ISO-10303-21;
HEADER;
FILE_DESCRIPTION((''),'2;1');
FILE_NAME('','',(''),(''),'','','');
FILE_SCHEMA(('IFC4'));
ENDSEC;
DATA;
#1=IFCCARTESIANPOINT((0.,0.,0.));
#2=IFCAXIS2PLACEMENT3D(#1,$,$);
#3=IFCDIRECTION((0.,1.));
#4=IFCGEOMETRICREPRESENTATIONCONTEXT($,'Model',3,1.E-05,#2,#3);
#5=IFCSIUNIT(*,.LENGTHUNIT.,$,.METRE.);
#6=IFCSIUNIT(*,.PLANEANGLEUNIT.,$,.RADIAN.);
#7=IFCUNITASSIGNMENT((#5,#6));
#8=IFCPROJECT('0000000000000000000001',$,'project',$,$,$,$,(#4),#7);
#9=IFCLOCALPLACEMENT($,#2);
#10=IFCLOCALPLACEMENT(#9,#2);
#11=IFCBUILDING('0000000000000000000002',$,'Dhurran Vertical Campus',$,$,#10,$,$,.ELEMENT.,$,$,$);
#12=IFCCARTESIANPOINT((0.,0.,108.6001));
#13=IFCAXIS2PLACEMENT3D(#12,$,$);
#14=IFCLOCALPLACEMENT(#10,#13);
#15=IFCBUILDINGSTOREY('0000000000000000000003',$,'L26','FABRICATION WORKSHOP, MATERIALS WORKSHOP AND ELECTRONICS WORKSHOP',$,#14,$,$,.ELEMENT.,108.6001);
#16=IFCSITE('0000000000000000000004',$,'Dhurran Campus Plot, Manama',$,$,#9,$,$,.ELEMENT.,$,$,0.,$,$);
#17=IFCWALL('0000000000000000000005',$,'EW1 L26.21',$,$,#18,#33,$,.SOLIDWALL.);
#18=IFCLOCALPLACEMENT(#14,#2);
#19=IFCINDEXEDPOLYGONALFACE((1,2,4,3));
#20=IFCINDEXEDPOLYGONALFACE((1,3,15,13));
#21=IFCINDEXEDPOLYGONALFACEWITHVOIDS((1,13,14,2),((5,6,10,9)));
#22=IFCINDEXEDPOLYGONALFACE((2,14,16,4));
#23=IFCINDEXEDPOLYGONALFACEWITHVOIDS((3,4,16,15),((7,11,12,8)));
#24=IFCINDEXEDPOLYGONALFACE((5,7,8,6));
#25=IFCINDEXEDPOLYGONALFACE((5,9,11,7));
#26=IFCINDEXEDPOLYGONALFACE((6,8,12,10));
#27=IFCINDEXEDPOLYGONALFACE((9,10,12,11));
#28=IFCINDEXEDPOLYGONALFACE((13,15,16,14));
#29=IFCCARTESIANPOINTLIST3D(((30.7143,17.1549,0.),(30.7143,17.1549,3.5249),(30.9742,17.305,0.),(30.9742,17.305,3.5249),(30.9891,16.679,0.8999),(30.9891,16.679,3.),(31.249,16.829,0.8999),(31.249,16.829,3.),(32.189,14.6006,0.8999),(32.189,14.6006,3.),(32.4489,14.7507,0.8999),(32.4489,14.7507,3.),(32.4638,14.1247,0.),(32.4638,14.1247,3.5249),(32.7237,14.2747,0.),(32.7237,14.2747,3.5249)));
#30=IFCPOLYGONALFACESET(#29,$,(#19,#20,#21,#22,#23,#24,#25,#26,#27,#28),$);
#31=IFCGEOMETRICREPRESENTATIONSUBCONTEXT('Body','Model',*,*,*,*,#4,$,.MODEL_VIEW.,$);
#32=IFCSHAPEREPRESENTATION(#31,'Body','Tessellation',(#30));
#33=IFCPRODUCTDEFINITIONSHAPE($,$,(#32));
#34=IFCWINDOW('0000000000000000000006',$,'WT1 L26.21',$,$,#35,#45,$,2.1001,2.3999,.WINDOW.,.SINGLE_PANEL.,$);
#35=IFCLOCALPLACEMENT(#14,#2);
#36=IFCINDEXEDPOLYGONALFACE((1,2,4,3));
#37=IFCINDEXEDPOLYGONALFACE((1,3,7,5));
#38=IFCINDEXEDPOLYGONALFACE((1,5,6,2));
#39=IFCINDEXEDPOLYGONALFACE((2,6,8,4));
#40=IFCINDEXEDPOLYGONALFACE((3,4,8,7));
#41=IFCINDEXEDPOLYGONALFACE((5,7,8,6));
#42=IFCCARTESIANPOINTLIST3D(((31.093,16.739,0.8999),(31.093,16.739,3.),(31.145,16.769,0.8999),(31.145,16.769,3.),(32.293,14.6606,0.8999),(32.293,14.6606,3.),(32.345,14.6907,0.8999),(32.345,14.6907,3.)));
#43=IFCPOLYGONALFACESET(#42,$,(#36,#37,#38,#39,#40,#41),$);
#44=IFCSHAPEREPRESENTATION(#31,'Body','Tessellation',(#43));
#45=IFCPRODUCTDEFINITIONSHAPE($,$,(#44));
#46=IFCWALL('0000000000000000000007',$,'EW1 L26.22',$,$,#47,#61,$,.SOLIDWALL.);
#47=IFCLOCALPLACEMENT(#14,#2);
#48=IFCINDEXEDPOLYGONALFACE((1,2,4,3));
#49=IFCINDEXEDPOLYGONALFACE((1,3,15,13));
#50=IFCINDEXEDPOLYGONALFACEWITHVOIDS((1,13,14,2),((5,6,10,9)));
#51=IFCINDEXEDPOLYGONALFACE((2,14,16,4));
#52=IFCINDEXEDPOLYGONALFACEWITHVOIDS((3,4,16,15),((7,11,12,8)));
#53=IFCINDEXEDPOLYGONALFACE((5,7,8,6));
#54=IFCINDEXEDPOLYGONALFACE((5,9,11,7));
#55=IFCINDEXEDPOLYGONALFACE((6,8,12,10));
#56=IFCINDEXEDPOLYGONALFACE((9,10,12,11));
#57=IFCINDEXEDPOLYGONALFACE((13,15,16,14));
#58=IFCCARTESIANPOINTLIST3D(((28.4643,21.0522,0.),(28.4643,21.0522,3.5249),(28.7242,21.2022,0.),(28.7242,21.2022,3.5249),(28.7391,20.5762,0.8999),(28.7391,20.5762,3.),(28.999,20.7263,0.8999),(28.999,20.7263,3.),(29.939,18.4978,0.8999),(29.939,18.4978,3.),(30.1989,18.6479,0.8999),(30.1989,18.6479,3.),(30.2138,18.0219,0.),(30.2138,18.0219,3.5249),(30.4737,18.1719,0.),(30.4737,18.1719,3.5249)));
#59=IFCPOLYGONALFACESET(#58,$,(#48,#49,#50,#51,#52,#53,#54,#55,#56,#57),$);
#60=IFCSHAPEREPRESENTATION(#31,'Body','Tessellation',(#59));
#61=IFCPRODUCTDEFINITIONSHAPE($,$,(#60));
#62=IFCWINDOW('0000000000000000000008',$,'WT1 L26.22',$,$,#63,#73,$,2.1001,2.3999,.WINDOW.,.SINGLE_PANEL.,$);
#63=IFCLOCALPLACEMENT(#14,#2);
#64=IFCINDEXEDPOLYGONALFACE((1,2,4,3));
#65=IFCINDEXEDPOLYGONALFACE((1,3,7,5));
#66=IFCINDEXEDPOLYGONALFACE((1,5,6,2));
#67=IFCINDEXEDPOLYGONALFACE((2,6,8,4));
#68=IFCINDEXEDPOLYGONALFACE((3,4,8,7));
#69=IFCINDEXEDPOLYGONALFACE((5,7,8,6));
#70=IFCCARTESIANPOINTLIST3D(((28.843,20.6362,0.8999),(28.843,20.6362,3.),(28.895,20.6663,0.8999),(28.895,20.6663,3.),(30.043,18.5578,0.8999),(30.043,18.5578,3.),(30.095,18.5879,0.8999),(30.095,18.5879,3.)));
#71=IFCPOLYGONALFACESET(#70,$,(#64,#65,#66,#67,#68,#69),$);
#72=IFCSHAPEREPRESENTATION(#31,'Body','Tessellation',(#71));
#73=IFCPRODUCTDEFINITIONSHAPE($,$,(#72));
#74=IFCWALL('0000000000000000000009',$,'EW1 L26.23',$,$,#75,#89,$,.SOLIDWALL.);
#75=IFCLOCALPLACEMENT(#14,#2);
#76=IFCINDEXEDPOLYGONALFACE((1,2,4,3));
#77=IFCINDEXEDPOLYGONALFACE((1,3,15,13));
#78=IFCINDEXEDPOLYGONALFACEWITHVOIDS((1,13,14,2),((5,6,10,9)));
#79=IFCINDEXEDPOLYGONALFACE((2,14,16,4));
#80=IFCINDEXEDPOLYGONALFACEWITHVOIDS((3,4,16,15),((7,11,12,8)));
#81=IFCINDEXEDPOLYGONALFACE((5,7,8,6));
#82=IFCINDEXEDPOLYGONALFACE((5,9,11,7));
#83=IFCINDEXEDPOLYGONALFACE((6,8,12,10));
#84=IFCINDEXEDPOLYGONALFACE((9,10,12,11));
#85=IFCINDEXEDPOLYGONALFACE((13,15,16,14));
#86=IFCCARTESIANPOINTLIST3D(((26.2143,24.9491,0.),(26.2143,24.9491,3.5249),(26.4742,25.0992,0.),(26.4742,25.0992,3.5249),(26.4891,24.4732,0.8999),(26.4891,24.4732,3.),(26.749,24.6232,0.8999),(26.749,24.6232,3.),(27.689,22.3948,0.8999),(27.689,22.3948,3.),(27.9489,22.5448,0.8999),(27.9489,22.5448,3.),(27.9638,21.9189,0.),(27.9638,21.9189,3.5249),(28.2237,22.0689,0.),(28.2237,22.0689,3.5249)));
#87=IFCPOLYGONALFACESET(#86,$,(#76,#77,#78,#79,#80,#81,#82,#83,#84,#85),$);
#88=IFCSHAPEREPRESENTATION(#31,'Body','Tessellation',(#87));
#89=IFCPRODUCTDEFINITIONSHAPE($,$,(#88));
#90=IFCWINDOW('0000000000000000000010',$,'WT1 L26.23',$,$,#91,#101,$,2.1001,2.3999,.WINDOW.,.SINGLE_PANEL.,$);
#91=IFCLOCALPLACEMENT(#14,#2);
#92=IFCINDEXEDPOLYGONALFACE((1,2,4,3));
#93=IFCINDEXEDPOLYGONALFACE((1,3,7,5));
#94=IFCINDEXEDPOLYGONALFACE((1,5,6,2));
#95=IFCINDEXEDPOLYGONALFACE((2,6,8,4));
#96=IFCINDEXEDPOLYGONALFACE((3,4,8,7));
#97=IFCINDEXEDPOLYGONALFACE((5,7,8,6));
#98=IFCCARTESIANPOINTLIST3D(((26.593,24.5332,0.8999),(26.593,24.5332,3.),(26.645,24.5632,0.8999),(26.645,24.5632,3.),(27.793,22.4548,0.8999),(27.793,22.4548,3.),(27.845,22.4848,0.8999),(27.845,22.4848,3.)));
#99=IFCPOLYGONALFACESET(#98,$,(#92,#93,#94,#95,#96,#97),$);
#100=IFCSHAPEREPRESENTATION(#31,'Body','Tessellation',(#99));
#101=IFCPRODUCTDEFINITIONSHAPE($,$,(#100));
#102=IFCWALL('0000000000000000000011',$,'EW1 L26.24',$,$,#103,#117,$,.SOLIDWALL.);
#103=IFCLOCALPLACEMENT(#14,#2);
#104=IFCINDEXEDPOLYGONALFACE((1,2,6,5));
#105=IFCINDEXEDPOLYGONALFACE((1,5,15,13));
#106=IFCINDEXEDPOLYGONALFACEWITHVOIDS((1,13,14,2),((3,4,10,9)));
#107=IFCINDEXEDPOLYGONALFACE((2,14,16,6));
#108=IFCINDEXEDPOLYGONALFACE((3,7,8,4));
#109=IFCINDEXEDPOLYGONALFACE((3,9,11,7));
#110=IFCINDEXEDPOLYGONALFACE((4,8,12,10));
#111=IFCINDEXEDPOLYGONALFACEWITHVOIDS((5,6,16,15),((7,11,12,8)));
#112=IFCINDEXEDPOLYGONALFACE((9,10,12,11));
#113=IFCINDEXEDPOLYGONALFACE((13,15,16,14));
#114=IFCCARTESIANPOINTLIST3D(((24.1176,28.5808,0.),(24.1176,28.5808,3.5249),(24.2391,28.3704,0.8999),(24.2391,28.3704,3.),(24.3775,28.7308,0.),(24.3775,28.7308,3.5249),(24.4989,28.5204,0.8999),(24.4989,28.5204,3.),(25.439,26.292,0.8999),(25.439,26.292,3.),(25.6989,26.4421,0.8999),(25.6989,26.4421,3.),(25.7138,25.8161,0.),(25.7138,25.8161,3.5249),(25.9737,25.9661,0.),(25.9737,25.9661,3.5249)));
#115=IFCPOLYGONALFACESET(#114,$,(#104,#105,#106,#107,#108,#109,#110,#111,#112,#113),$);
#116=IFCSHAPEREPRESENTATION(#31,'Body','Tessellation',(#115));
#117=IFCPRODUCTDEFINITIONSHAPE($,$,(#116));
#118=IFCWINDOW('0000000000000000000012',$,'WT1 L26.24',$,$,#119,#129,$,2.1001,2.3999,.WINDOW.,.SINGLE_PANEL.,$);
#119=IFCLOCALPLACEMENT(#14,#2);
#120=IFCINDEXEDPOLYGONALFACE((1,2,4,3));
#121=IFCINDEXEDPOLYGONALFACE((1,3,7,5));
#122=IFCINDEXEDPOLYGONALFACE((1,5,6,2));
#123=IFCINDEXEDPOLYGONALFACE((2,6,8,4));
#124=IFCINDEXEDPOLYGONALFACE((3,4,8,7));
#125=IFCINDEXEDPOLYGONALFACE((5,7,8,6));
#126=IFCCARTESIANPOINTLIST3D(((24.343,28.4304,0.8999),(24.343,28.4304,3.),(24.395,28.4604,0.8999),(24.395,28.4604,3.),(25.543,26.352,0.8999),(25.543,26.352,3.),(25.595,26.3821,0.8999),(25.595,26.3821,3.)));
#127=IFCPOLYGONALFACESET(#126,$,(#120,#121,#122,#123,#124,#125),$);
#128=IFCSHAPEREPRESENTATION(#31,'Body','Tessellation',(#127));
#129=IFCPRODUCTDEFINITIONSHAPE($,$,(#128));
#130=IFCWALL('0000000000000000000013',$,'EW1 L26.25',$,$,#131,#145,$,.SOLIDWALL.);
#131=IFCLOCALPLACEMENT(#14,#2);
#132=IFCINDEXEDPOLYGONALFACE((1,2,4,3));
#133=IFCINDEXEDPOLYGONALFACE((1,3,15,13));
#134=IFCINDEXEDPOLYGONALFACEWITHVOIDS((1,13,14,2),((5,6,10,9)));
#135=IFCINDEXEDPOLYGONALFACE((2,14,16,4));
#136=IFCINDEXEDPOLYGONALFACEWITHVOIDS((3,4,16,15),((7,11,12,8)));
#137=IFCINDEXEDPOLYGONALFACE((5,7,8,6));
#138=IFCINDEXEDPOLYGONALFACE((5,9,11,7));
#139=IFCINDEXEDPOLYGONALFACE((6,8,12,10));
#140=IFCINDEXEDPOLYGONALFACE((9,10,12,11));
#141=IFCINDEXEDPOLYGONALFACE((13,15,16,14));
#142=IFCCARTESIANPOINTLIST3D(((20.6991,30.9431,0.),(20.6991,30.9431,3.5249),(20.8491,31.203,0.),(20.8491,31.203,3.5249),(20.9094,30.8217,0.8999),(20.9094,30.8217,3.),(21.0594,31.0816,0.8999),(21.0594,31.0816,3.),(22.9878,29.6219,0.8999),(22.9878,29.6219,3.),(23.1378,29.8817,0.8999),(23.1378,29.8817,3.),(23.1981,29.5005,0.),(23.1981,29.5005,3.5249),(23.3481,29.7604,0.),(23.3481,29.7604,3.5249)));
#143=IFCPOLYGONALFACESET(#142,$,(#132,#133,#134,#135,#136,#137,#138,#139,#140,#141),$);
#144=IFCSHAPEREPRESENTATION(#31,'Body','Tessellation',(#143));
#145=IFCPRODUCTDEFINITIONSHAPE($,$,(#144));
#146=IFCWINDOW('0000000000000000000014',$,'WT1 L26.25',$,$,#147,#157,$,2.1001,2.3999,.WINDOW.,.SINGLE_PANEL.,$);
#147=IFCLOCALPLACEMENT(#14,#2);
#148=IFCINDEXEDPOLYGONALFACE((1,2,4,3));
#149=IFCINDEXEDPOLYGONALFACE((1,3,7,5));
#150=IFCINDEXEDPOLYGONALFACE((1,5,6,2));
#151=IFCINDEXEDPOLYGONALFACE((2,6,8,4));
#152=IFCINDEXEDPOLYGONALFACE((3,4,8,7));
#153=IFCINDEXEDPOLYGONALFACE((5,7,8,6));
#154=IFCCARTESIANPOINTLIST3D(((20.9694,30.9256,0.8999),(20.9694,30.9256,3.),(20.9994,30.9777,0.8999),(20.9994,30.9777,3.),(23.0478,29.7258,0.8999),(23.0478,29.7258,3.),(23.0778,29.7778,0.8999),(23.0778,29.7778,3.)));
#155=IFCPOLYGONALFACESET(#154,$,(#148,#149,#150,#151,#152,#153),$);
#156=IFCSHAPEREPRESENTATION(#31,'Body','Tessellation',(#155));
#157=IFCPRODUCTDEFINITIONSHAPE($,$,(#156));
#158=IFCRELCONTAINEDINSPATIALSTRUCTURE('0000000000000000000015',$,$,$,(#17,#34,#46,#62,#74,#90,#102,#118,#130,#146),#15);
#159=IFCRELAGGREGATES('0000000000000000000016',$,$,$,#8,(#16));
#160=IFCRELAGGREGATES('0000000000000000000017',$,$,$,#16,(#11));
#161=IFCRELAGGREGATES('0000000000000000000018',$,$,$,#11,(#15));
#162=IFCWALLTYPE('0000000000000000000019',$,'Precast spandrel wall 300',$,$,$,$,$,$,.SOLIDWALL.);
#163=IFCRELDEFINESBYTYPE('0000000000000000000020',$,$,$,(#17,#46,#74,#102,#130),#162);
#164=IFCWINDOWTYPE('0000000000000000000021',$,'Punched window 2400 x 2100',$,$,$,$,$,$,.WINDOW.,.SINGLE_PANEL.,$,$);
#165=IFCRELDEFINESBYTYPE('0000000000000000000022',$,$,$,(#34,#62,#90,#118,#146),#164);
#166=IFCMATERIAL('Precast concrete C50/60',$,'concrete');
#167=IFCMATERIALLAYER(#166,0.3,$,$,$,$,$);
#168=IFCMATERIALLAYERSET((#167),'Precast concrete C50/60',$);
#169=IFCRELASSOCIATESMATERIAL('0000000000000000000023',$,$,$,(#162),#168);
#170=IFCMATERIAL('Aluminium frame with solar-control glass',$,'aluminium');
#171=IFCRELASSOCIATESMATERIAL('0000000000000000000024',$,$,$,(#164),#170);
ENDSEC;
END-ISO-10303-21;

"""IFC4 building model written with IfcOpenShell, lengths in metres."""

from ifc_helpers import new_model, si_unit, direction, frame, frame_2d, origin, place, context, subcontext, project, spatial, rectangle, extrude, material, layer, layer_set, type_object, element, fill, save


model = new_model("IFC4")

# Units and contexts
model_context = context("Model", 3, precision=1e-05, world=origin(), true_north=direction((0.0, 1.0)))
body_context = subcontext(model_context, "Body", "Model", "MODEL_VIEW")
ifc_project = project(units=[si_unit("LENGTHUNIT", "METRE"), si_unit("PLANEANGLEUNIT", "RADIAN")], contexts=[model_context])

# Site, building, storey
site_placement = place(None, origin())
site = spatial("IfcSite", under=ifc_project, at=site_placement, Name="Dhurran Campus Plot, Manama", CompositionType="ELEMENT", RefElevation=0.0)
building_placement = place(site_placement, origin())
building = spatial("IfcBuilding", under=site, at=building_placement, Name="Dhurran Vertical Campus", CompositionType="ELEMENT")
storey_placement = place(building_placement, frame((0.0, 0.0, 108.6001)))
storey = spatial("IfcBuildingStorey", under=building, at=storey_placement, Name="L26", Description="FABRICATION WORKSHOP, MATERIALS WORKSHOP AND ELECTRONICS WORKSHOP", CompositionType="ELEMENT", Elevation=108.6001)

# Walls, openings, windows
ifc_material_1 = material(Name="Precast concrete C50/60", Category="concrete")
ifc_layer_1 = layer(ifc_material_1, 0.3)
ifc_layer_set_1 = layer_set([ifc_layer_1], Name="Precast concrete C50/60")
wall_type_1 = type_object("IfcWallType", Name="Precast spandrel wall 300", PredefinedType="SOLIDWALL", material=ifc_layer_set_1)
wall_1_placement = place(storey_placement, frame((32.5938, 14.1997, 0.0), z_axis=(0.0, 0.0, 1.0), x_axis=(-0.499996, 0.866028, 0.0)))
wall_1 = element("IfcWall", 1, at=wall_1_placement, inside=storey, type_object=wall_type_1, Name="EW1 L26.21", PredefinedType="SOLIDWALL", context=body_context, shape_type="SweptSolid", body=[
    extrude(rectangle(XDim=3.499, YDim=0.3, at=frame_2d((1.7495, 0.0))), origin(), (0.0, 0.0, 1.0), 3.5249),
])
opening_1_placement = place(wall_1_placement, frame((0.5496, 0.0, 0.8999)))
opening_1 = element("IfcOpeningElement", 2, at=opening_1_placement, cuts=wall_1, PredefinedType="OPENING", context=body_context, shape_type="SweptSolid", body=[
    extrude(rectangle(XDim=2.3999, YDim=2.1001, at=frame_2d((1.2, 1.05))), frame((0.0, 0.1599, 0.0), z_axis=(0.0, -1.0, 0.0), x_axis=(1.0, 0.0, 0.0)), (0.0, 0.0, 1.0), 0.3201),
])
ifc_material_2 = material(Name="Aluminium frame with solar-control glass", Category="aluminium")
window_type = type_object("IfcWindowType", Name="Punched window 2400 x 2100", PartitioningType="SINGLE_PANEL", PredefinedType="WINDOW", material=ifc_material_2)
window_1_placement = place(opening_1_placement, origin())
window_1 = element("IfcWindow", 3, at=window_1_placement, inside=storey, type_object=window_type, Name="WT1 L26.21", OverallHeight=2.1001, OverallWidth=2.3999, PartitioningType="SINGLE_PANEL", PredefinedType="WINDOW", context=body_context, shape_type="SweptSolid", body=[
    extrude(rectangle(XDim=2.3999, YDim=2.1001, at=frame_2d((1.2, 1.05))), frame((0.0, 0.03, 0.0), z_axis=(0.0, -1.0, 0.0), x_axis=(1.0, 0.0, 0.0)), (0.0, 0.0, 1.0), 0.0601),
])
fill(opening_1, window_1)
wall_2_placement = place(storey_placement, frame((30.3438, 18.0969, 0.0), z_axis=(0.0, 0.0, 1.0), x_axis=(-0.499996, 0.866028, 0.0)))
wall_2 = element("IfcWall", 4, at=wall_2_placement, inside=storey, type_object=wall_type_1, Name="EW1 L26.22", PredefinedType="SOLIDWALL", context=body_context, shape_type="SweptSolid", body=[
    extrude(rectangle(XDim=3.499, YDim=0.3, at=frame_2d((1.7495, 0.0))), origin(), (0.0, 0.0, 1.0), 3.5249),
])
opening_2_placement = place(wall_2_placement, frame((0.5496, 0.0, 0.8999)))
opening_2 = element("IfcOpeningElement", 5, at=opening_2_placement, cuts=wall_2, PredefinedType="OPENING", context=body_context, shape_type="SweptSolid", body=[
    extrude(rectangle(XDim=2.3999, YDim=2.1001, at=frame_2d((1.2, 1.05))), frame((0.0, 0.1599, 0.0), z_axis=(0.0, -1.0, 0.0), x_axis=(1.0, 0.0, 0.0)), (0.0, 0.0, 1.0), 0.3201),
])
window_2_placement = place(opening_2_placement, origin())
window_2 = element("IfcWindow", 6, at=window_2_placement, inside=storey, type_object=window_type, Name="WT1 L26.22", OverallHeight=2.1001, OverallWidth=2.3999, PartitioningType="SINGLE_PANEL", PredefinedType="WINDOW", context=body_context, shape_type="SweptSolid", body=[
    extrude(rectangle(XDim=2.3999, YDim=2.1001, at=frame_2d((1.2, 1.05))), frame((0.0, 0.03, 0.0), z_axis=(0.0, -1.0, 0.0), x_axis=(1.0, 0.0, 0.0)), (0.0, 0.0, 1.0), 0.0601),
])
fill(opening_2, window_2)
wall_3_placement = place(storey_placement, frame((28.0938, 21.9939, 0.0), z_axis=(0.0, 0.0, 1.0), x_axis=(-0.499996, 0.866028, 0.0)))
wall_3 = element("IfcWall", 7, at=wall_3_placement, inside=storey, type_object=wall_type_1, Name="EW1 L26.23", PredefinedType="SOLIDWALL", context=body_context, shape_type="SweptSolid", body=[
    extrude(rectangle(XDim=3.499, YDim=0.3, at=frame_2d((1.7495, 0.0))), origin(), (0.0, 0.0, 1.0), 3.5249),
])
opening_3_placement = place(wall_3_placement, frame((0.5496, 0.0, 0.8999)))
opening_3 = element("IfcOpeningElement", 8, at=opening_3_placement, cuts=wall_3, PredefinedType="OPENING", context=body_context, shape_type="SweptSolid", body=[
    extrude(rectangle(XDim=2.3999, YDim=2.1001, at=frame_2d((1.2, 1.05))), frame((0.0, 0.1599, 0.0), z_axis=(0.0, -1.0, 0.0), x_axis=(1.0, 0.0, 0.0)), (0.0, 0.0, 1.0), 0.3201),
])
window_3_placement = place(opening_3_placement, origin())
window_3 = element("IfcWindow", 9, at=window_3_placement, inside=storey, type_object=window_type, Name="WT1 L26.23", OverallHeight=2.1001, OverallWidth=2.3999, PartitioningType="SINGLE_PANEL", PredefinedType="WINDOW", context=body_context, shape_type="SweptSolid", body=[
    extrude(rectangle(XDim=2.3999, YDim=2.1001, at=frame_2d((1.2, 1.05))), frame((0.0, 0.03, 0.0), z_axis=(0.0, -1.0, 0.0), x_axis=(1.0, 0.0, 0.0)), (0.0, 0.0, 1.0), 0.0601),
])
fill(opening_3, window_3)
wall_4_placement = place(storey_placement, frame((25.8438, 25.8911, 0.0), z_axis=(0.0, 0.0, 1.0), x_axis=(-0.500005, 0.866023, 0.0)))
wall_4 = element("IfcWall", 10, at=wall_4_placement, inside=storey, type_object=wall_type_1, Name="EW1 L26.24", PredefinedType="SOLIDWALL", context=body_context, shape_type="SweptSolid", body=[
    extrude(rectangle(XDim=3.1924, YDim=0.3, at=frame_2d((1.5962, 0.0))), origin(), (0.0, 0.0, 1.0), 3.5249),
])
opening_4_placement = place(wall_4_placement, frame((0.5496, 0.0, 0.8999)))
opening_4 = element("IfcOpeningElement", 11, at=opening_4_placement, cuts=wall_4, PredefinedType="OPENING", context=body_context, shape_type="SweptSolid", body=[
    extrude(rectangle(XDim=2.3999, YDim=2.1001, at=frame_2d((1.2, 1.05))), frame((0.0, 0.1599, 0.0), z_axis=(0.0, -1.0, 0.0), x_axis=(1.0, 0.0, 0.0)), (0.0, 0.0, 1.0), 0.3201),
])
window_4_placement = place(opening_4_placement, origin())
window_4 = element("IfcWindow", 12, at=window_4_placement, inside=storey, type_object=window_type, Name="WT1 L26.24", OverallHeight=2.1001, OverallWidth=2.3999, PartitioningType="SINGLE_PANEL", PredefinedType="WINDOW", context=body_context, shape_type="SweptSolid", body=[
    extrude(rectangle(XDim=2.3999, YDim=2.1001, at=frame_2d((1.2, 1.05))), frame((0.0, 0.03, 0.0), z_axis=(0.0, -1.0, 0.0), x_axis=(1.0, 0.0, 0.0)), (0.0, 0.0, 1.0), 0.0601),
])
fill(opening_4, window_4)
wall_5_placement = place(storey_placement, frame((23.2732, 29.6304, 0.0), z_axis=(0.0, 0.0, 1.0), x_axis=(-0.866053, 0.499952, 0.0)))
wall_5 = element("IfcWall", 13, at=wall_5_placement, inside=storey, type_object=wall_type_1, Name="EW1 L26.25", PredefinedType="SOLIDWALL", context=body_context, shape_type="SweptSolid", body=[
    extrude(rectangle(XDim=2.8855, YDim=0.3, at=frame_2d((1.4429, 0.0))), origin(), (0.0, 0.0, 1.0), 3.5249),
])
opening_5_placement = place(wall_5_placement, frame((0.2429, 0.0, 0.8999)))
opening_5 = element("IfcOpeningElement", 14, at=opening_5_placement, cuts=wall_5, PredefinedType="OPENING", context=body_context, shape_type="SweptSolid", body=[
    extrude(rectangle(XDim=2.3999, YDim=2.1001, at=frame_2d((1.2, 1.05))), frame((0.0, 0.1599, 0.0), z_axis=(0.0, -1.0, 0.0), x_axis=(1.0, 0.0, 0.0)), (0.0, 0.0, 1.0), 0.3201),
])
window_5_placement = place(opening_5_placement, origin())
window_5 = element("IfcWindow", 15, at=window_5_placement, inside=storey, type_object=window_type, Name="WT1 L26.25", OverallHeight=2.1001, OverallWidth=2.3999, PartitioningType="SINGLE_PANEL", PredefinedType="WINDOW", context=body_context, shape_type="SweptSolid", body=[
    extrude(rectangle(XDim=2.3999, YDim=2.1001, at=frame_2d((1.2, 1.05))), frame((0.0, 0.03, 0.0), z_axis=(0.0, -1.0, 0.0), x_axis=(1.0, 0.0, 0.0)), (0.0, 0.0, 1.0), 0.0601),
])
fill(opening_5, window_5)

save(model, "model.ifc")
